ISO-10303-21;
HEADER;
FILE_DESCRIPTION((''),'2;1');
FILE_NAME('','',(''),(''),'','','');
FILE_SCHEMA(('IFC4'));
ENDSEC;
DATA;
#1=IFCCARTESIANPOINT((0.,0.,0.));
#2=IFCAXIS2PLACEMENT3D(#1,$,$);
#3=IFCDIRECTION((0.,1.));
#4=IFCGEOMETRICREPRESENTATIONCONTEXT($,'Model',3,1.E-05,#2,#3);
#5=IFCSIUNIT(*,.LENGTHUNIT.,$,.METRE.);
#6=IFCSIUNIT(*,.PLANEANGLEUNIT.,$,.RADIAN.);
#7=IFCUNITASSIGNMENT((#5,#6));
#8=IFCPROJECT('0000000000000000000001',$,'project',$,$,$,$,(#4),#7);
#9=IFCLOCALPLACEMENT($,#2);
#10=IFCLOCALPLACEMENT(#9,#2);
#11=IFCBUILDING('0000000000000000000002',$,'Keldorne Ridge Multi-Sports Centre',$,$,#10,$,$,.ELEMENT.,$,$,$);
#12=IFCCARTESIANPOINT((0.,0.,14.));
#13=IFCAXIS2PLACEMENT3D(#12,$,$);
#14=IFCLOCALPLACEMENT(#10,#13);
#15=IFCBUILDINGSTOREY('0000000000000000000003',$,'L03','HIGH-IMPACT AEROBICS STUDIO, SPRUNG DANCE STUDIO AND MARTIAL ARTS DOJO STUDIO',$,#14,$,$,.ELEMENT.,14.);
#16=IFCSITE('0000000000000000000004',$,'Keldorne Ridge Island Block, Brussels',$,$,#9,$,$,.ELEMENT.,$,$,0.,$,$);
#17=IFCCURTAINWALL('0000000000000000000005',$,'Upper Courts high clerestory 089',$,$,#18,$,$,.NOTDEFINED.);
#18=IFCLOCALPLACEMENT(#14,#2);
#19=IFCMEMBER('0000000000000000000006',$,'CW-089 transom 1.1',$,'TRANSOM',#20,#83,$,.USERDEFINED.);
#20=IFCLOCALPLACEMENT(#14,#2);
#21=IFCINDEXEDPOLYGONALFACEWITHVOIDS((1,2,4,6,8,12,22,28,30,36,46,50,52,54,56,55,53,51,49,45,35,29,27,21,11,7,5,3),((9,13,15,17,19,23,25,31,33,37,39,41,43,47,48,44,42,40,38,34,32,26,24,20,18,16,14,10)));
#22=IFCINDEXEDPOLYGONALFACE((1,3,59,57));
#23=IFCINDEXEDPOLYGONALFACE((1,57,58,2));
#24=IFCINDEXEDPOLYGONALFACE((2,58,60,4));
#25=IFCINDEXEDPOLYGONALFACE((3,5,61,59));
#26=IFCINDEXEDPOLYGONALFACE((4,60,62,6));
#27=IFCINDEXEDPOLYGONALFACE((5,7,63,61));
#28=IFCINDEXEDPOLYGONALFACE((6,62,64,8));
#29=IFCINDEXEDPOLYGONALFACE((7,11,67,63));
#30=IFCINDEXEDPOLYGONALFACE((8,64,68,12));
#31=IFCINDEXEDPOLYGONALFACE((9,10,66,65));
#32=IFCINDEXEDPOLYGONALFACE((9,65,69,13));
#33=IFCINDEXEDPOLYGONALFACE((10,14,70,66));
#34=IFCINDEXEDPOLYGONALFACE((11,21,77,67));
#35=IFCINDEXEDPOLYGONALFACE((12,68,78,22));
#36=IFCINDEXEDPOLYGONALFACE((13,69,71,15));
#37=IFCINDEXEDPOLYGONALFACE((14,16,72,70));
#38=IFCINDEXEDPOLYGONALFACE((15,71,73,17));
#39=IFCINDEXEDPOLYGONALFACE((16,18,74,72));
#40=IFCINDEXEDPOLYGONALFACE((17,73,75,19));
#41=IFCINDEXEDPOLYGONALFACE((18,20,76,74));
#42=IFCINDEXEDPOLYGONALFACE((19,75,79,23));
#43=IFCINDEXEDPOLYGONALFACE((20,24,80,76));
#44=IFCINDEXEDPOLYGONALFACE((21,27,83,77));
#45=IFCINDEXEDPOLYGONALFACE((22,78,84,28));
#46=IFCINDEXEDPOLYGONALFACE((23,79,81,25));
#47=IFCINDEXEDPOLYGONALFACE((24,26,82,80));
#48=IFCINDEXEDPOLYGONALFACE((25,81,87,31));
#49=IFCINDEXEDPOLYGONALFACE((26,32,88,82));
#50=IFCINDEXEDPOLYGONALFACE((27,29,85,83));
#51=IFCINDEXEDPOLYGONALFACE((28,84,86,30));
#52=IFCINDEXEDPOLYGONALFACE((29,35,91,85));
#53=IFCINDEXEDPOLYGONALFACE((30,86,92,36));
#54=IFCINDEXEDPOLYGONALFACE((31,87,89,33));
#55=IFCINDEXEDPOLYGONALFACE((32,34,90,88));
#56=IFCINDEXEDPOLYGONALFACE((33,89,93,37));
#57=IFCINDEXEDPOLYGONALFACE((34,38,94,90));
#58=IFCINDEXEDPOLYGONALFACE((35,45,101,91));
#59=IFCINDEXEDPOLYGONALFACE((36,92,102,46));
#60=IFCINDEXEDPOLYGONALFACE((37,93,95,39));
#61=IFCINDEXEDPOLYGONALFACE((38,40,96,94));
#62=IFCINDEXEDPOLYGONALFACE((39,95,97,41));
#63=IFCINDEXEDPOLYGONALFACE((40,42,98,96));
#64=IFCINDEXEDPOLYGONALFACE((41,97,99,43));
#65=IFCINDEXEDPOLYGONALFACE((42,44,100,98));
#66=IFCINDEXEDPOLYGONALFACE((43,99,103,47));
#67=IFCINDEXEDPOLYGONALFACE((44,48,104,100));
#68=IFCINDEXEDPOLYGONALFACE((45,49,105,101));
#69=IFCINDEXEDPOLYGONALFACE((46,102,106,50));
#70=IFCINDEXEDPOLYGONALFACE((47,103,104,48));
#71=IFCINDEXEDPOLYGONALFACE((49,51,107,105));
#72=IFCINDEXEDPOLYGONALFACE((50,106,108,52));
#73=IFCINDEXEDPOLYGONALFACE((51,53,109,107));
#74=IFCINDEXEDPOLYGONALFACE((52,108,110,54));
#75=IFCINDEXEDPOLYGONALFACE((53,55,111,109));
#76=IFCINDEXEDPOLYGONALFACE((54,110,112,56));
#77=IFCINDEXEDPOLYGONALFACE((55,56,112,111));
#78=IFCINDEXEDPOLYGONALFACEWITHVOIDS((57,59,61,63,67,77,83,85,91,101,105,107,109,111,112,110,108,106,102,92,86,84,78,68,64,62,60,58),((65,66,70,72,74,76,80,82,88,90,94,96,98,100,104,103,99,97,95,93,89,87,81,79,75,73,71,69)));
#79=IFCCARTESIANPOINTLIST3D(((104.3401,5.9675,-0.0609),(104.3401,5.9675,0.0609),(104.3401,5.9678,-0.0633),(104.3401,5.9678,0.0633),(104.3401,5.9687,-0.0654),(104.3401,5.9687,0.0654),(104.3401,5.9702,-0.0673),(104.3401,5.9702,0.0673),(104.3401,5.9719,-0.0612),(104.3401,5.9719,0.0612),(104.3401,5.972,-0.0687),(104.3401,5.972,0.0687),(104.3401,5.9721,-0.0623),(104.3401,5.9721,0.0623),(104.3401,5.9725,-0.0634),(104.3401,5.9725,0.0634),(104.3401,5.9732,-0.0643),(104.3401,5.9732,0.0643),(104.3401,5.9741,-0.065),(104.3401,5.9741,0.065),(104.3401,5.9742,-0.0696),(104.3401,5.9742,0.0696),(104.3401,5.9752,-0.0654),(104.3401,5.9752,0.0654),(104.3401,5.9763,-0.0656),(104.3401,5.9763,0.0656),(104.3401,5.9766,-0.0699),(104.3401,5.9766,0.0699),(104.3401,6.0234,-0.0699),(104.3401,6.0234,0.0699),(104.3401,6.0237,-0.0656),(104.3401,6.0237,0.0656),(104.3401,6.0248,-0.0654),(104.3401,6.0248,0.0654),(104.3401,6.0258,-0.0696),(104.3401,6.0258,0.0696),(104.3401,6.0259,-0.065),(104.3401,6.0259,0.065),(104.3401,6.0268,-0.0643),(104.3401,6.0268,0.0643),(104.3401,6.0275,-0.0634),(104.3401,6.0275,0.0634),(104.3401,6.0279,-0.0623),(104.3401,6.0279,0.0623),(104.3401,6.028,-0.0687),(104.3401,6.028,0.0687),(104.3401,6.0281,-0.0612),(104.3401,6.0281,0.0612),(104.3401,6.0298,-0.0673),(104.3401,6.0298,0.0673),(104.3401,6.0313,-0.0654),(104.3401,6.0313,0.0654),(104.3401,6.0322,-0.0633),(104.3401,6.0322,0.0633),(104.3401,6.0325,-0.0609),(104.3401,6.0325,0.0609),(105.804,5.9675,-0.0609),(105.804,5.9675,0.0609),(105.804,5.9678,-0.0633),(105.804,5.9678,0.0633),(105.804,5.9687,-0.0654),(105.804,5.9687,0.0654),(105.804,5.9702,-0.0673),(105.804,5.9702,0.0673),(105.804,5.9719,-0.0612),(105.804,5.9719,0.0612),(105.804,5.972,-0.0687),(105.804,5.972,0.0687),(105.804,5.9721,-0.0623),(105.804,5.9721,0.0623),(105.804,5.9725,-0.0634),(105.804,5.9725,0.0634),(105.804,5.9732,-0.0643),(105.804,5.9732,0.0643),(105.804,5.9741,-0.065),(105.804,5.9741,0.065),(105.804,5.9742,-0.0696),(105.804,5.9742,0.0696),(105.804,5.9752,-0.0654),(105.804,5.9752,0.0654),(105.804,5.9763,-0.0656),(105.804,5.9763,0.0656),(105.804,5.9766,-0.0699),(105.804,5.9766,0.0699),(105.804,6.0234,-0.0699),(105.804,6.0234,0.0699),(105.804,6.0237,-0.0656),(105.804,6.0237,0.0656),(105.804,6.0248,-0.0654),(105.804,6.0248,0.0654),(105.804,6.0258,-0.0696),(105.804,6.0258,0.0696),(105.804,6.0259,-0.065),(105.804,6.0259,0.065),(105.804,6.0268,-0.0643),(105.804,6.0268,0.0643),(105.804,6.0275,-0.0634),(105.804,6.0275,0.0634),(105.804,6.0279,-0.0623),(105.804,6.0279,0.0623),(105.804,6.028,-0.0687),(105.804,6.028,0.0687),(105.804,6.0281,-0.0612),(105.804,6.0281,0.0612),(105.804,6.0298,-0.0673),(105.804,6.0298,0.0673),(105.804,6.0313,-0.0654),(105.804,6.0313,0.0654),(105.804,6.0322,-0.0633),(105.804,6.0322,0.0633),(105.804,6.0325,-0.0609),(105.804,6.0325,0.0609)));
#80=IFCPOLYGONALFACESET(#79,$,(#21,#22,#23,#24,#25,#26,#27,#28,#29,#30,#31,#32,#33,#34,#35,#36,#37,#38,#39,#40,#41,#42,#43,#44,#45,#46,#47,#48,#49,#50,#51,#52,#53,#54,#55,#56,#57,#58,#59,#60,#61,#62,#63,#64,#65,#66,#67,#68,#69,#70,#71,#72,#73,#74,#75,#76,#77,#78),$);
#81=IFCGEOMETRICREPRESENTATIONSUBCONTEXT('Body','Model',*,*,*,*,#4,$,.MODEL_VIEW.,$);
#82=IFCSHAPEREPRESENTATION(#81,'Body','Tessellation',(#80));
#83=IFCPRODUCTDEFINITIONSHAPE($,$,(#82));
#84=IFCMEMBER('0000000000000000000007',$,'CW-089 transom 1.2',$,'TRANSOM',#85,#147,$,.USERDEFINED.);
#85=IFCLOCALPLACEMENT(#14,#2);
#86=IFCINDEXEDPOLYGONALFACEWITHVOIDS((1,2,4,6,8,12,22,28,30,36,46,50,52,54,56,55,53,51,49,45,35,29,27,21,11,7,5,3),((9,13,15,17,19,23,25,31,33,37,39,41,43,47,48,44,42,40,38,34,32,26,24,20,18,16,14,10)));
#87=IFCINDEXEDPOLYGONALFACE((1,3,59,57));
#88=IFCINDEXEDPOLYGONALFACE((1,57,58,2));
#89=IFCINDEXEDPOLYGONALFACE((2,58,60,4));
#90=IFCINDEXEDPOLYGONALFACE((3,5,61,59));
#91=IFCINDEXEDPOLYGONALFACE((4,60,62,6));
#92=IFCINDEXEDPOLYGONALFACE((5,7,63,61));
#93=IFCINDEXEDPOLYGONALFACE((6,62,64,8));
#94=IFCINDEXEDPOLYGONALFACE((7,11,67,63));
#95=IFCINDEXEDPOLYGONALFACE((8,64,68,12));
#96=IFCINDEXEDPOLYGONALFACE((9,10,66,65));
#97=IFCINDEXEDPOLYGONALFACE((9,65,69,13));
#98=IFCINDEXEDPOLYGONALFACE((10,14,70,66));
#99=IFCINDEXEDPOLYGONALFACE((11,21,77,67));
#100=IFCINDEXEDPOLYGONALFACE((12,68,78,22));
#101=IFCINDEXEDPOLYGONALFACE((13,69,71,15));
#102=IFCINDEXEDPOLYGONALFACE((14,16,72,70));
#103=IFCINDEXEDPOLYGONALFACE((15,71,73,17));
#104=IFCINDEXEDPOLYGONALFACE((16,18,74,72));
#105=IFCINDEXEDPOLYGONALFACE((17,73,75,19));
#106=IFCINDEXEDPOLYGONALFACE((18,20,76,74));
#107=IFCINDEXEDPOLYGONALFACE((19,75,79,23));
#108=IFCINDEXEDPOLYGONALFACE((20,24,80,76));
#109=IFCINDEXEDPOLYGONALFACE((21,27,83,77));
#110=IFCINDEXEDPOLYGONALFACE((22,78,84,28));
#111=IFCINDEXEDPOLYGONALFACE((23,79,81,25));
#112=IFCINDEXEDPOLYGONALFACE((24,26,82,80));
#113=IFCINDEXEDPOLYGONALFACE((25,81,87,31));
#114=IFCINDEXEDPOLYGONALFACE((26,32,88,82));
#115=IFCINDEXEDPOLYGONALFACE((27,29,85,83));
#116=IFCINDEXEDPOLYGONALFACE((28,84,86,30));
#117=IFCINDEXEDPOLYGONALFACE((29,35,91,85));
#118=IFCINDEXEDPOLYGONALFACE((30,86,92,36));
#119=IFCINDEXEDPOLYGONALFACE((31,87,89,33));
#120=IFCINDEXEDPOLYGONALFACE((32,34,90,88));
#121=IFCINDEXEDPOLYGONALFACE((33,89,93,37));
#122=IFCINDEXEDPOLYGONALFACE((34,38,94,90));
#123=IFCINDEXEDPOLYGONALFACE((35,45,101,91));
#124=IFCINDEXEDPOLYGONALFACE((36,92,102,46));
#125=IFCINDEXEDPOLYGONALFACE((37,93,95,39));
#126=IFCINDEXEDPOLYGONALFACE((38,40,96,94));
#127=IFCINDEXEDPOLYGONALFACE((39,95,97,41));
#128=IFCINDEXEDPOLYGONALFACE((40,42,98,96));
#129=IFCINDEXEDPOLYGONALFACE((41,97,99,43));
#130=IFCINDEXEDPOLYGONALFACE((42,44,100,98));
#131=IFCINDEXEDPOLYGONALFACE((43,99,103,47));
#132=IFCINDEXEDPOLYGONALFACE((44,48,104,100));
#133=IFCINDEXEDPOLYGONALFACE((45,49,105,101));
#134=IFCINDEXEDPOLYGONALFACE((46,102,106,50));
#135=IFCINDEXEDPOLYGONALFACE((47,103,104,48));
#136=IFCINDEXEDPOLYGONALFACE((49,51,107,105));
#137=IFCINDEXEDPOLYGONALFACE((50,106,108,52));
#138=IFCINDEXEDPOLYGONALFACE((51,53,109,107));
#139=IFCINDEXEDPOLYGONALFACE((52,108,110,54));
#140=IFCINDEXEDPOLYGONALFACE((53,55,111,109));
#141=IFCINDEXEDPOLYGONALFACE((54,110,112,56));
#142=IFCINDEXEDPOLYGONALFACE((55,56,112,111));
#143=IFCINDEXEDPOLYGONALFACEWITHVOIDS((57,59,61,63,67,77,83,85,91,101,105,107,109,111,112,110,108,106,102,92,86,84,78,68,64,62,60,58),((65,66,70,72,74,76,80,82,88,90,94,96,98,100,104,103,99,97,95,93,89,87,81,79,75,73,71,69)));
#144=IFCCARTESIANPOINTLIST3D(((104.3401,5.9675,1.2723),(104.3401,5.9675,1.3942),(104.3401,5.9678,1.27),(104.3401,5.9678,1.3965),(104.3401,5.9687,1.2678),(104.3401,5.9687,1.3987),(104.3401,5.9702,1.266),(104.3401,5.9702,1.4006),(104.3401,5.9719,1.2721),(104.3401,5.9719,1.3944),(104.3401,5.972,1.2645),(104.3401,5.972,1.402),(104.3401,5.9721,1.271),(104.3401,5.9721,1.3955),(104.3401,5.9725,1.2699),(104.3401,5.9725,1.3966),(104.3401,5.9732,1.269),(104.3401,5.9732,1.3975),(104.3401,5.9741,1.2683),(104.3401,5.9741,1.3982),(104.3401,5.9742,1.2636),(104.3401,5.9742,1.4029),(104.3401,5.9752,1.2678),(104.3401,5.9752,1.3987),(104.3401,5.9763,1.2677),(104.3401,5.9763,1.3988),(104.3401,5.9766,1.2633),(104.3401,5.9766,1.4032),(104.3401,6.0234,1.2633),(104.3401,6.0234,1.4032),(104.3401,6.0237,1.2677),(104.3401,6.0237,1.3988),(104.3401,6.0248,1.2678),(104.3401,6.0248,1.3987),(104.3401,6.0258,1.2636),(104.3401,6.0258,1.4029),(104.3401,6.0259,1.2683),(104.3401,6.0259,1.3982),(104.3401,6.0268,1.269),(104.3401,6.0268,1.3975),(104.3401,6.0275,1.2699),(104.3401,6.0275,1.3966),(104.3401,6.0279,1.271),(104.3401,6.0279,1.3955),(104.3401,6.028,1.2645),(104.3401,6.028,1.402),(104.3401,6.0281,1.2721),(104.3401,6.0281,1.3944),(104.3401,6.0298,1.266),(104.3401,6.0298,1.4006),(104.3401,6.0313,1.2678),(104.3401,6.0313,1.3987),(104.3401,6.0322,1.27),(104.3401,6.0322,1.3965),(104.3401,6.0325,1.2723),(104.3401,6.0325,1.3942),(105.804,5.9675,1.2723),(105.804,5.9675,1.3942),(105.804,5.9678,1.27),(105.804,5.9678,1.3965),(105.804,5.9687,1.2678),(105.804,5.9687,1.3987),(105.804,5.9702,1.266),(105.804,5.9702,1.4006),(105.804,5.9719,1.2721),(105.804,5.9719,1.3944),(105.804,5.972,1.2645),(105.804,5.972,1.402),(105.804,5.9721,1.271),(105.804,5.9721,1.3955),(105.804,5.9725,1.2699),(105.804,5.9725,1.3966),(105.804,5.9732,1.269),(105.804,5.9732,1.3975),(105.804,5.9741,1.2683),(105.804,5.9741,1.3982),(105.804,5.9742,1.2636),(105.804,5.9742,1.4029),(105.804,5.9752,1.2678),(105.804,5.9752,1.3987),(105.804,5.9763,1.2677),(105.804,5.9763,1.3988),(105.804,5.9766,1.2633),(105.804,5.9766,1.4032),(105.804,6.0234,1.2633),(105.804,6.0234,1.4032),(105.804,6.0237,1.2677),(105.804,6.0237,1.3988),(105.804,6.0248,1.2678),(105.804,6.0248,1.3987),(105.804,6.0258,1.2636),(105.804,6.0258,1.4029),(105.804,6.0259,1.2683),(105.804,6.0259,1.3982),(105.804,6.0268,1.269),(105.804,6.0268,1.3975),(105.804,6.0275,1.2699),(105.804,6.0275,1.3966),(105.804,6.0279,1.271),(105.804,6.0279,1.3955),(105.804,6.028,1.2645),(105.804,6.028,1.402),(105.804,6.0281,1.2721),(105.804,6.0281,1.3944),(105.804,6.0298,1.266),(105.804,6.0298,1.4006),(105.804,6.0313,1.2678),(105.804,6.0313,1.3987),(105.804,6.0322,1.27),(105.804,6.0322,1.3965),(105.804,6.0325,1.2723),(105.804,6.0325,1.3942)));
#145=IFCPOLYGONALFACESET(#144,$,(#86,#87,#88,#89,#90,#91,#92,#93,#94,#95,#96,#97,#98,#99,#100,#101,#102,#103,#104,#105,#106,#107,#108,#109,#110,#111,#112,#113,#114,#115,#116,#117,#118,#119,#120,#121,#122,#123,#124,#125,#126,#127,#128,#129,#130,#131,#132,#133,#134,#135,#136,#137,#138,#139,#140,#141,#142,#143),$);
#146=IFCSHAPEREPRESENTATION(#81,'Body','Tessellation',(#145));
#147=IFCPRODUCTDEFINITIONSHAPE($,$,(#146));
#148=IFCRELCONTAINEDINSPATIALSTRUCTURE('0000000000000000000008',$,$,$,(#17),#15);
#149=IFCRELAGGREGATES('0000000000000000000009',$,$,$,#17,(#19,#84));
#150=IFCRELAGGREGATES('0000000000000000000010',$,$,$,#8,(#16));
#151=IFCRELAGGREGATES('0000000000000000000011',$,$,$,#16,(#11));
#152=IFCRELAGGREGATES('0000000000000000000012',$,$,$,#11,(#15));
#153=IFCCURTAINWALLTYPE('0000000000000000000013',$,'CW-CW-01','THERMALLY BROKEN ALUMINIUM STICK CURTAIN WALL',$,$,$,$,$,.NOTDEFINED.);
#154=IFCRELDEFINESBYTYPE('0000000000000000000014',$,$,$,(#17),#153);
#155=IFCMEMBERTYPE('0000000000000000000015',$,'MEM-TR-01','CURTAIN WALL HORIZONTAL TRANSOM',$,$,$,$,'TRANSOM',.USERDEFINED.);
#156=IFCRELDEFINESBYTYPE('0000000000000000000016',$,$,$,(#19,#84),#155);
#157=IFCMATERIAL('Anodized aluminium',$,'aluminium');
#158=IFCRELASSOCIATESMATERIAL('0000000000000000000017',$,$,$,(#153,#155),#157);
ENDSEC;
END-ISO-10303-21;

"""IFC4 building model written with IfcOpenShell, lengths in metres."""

from ifc_helpers import new_model, si_unit, direction, frame, origin, origin_2d, place, context, subcontext, project, spatial, hollow_rectangle, extrude, material, material_profile, profile_set, type_object, element, aggregate, save


model = new_model("IFC4")

# Units and contexts
model_context = context("Model", 3, precision=1e-05, world=origin(), true_north=direction((0.0, 1.0)))
body_context = subcontext(model_context, "Body", "Model", "MODEL_VIEW")
ifc_project = project(units=[si_unit("LENGTHUNIT", "METRE"), si_unit("PLANEANGLEUNIT", "RADIAN")], contexts=[model_context])

# Site, building, storey
site_placement = place(None, origin())
site = spatial("IfcSite", under=ifc_project, at=site_placement, Name="Keldorne Ridge Island Block, Brussels", CompositionType="ELEMENT", RefElevation=0.0)
building_placement = place(site_placement, origin())
building = spatial("IfcBuilding", under=site, at=building_placement, Name="Keldorne Ridge Multi-Sports Centre", CompositionType="ELEMENT")
storey_placement = place(building_placement, frame((0.0, 0.0, 14.0)))
storey = spatial("IfcBuildingStorey", under=building, at=storey_placement, Name="L03", Description="HIGH-IMPACT AEROBICS STUDIO, SPRUNG DANCE STUDIO AND MARTIAL ARTS DOJO STUDIO", CompositionType="ELEMENT", Elevation=14.0)

# Curtain wall, members
ifc_material_1 = material(Name="Anodized aluminium", Category="aluminium")
curtain_wall_type = type_object("IfcCurtainWallType", Name="CW-CW-01", Description="THERMALLY BROKEN ALUMINIUM STICK CURTAIN WALL", PredefinedType="NOTDEFINED", material=ifc_material_1)
curtain_wall_placement = place(storey_placement, origin())
curtain_wall = element("IfcCurtainWall", 1, at=curtain_wall_placement, inside=storey, type_object=curtain_wall_type, Name="Upper Courts high clerestory 089", PredefinedType="NOTDEFINED")
ifc_material_profile_1 = material_profile(ifc_material_1, hollow_rectangle(XDim=0.0649, YDim=0.1399, WallThickness=0.0044, InnerFilletRadius=0.0044, OuterFilletRadius=0.009, at=origin_2d()), Name="ALU TRANSOM 140x65x4.5")
ifc_profile_set_1 = profile_set([ifc_material_profile_1], Name="Anodized aluminium")
member_type_1 = type_object("IfcMemberType", Name="MEM-TR-01", Description="CURTAIN WALL HORIZONTAL TRANSOM", ElementType="TRANSOM", PredefinedType="USERDEFINED", material=ifc_profile_set_1)
member_1_placement = place(storey_placement, frame((104.3401, 6.0, 0.0), z_axis=(1.0, 0.0, 0.0), x_axis=(0.0, 1.0, 0.0)))
member_1 = element("IfcMember", 2, at=member_1_placement, type_object=member_type_1, Name="CW-089 transom 1.1", ObjectType="TRANSOM", PredefinedType="USERDEFINED", context=body_context, shape_type="SweptSolid", body=[
    extrude(hollow_rectangle(XDim=0.0649, YDim=0.1399, WallThickness=0.0044, InnerFilletRadius=0.0044, OuterFilletRadius=0.009, at=origin_2d()), origin(), (0.0, 0.0, 1.0), 1.4639),
])
member_2_placement = place(storey_placement, frame((104.3401, 6.0, 1.3333), z_axis=(1.0, 0.0, 0.0), x_axis=(0.0, 1.0, 0.0)))
member_2 = element("IfcMember", 3, at=member_2_placement, type_object=member_type_1, Name="CW-089 transom 1.2", ObjectType="TRANSOM", PredefinedType="USERDEFINED", context=body_context, shape_type="SweptSolid", body=[
    extrude(hollow_rectangle(XDim=0.0649, YDim=0.1399, WallThickness=0.0044, InnerFilletRadius=0.0044, OuterFilletRadius=0.009, at=origin_2d()), origin(), (0.0, 0.0, 1.0), 1.4639),
])
aggregate(curtain_wall, [member_1, member_2])

save(model, "model.ifc")
